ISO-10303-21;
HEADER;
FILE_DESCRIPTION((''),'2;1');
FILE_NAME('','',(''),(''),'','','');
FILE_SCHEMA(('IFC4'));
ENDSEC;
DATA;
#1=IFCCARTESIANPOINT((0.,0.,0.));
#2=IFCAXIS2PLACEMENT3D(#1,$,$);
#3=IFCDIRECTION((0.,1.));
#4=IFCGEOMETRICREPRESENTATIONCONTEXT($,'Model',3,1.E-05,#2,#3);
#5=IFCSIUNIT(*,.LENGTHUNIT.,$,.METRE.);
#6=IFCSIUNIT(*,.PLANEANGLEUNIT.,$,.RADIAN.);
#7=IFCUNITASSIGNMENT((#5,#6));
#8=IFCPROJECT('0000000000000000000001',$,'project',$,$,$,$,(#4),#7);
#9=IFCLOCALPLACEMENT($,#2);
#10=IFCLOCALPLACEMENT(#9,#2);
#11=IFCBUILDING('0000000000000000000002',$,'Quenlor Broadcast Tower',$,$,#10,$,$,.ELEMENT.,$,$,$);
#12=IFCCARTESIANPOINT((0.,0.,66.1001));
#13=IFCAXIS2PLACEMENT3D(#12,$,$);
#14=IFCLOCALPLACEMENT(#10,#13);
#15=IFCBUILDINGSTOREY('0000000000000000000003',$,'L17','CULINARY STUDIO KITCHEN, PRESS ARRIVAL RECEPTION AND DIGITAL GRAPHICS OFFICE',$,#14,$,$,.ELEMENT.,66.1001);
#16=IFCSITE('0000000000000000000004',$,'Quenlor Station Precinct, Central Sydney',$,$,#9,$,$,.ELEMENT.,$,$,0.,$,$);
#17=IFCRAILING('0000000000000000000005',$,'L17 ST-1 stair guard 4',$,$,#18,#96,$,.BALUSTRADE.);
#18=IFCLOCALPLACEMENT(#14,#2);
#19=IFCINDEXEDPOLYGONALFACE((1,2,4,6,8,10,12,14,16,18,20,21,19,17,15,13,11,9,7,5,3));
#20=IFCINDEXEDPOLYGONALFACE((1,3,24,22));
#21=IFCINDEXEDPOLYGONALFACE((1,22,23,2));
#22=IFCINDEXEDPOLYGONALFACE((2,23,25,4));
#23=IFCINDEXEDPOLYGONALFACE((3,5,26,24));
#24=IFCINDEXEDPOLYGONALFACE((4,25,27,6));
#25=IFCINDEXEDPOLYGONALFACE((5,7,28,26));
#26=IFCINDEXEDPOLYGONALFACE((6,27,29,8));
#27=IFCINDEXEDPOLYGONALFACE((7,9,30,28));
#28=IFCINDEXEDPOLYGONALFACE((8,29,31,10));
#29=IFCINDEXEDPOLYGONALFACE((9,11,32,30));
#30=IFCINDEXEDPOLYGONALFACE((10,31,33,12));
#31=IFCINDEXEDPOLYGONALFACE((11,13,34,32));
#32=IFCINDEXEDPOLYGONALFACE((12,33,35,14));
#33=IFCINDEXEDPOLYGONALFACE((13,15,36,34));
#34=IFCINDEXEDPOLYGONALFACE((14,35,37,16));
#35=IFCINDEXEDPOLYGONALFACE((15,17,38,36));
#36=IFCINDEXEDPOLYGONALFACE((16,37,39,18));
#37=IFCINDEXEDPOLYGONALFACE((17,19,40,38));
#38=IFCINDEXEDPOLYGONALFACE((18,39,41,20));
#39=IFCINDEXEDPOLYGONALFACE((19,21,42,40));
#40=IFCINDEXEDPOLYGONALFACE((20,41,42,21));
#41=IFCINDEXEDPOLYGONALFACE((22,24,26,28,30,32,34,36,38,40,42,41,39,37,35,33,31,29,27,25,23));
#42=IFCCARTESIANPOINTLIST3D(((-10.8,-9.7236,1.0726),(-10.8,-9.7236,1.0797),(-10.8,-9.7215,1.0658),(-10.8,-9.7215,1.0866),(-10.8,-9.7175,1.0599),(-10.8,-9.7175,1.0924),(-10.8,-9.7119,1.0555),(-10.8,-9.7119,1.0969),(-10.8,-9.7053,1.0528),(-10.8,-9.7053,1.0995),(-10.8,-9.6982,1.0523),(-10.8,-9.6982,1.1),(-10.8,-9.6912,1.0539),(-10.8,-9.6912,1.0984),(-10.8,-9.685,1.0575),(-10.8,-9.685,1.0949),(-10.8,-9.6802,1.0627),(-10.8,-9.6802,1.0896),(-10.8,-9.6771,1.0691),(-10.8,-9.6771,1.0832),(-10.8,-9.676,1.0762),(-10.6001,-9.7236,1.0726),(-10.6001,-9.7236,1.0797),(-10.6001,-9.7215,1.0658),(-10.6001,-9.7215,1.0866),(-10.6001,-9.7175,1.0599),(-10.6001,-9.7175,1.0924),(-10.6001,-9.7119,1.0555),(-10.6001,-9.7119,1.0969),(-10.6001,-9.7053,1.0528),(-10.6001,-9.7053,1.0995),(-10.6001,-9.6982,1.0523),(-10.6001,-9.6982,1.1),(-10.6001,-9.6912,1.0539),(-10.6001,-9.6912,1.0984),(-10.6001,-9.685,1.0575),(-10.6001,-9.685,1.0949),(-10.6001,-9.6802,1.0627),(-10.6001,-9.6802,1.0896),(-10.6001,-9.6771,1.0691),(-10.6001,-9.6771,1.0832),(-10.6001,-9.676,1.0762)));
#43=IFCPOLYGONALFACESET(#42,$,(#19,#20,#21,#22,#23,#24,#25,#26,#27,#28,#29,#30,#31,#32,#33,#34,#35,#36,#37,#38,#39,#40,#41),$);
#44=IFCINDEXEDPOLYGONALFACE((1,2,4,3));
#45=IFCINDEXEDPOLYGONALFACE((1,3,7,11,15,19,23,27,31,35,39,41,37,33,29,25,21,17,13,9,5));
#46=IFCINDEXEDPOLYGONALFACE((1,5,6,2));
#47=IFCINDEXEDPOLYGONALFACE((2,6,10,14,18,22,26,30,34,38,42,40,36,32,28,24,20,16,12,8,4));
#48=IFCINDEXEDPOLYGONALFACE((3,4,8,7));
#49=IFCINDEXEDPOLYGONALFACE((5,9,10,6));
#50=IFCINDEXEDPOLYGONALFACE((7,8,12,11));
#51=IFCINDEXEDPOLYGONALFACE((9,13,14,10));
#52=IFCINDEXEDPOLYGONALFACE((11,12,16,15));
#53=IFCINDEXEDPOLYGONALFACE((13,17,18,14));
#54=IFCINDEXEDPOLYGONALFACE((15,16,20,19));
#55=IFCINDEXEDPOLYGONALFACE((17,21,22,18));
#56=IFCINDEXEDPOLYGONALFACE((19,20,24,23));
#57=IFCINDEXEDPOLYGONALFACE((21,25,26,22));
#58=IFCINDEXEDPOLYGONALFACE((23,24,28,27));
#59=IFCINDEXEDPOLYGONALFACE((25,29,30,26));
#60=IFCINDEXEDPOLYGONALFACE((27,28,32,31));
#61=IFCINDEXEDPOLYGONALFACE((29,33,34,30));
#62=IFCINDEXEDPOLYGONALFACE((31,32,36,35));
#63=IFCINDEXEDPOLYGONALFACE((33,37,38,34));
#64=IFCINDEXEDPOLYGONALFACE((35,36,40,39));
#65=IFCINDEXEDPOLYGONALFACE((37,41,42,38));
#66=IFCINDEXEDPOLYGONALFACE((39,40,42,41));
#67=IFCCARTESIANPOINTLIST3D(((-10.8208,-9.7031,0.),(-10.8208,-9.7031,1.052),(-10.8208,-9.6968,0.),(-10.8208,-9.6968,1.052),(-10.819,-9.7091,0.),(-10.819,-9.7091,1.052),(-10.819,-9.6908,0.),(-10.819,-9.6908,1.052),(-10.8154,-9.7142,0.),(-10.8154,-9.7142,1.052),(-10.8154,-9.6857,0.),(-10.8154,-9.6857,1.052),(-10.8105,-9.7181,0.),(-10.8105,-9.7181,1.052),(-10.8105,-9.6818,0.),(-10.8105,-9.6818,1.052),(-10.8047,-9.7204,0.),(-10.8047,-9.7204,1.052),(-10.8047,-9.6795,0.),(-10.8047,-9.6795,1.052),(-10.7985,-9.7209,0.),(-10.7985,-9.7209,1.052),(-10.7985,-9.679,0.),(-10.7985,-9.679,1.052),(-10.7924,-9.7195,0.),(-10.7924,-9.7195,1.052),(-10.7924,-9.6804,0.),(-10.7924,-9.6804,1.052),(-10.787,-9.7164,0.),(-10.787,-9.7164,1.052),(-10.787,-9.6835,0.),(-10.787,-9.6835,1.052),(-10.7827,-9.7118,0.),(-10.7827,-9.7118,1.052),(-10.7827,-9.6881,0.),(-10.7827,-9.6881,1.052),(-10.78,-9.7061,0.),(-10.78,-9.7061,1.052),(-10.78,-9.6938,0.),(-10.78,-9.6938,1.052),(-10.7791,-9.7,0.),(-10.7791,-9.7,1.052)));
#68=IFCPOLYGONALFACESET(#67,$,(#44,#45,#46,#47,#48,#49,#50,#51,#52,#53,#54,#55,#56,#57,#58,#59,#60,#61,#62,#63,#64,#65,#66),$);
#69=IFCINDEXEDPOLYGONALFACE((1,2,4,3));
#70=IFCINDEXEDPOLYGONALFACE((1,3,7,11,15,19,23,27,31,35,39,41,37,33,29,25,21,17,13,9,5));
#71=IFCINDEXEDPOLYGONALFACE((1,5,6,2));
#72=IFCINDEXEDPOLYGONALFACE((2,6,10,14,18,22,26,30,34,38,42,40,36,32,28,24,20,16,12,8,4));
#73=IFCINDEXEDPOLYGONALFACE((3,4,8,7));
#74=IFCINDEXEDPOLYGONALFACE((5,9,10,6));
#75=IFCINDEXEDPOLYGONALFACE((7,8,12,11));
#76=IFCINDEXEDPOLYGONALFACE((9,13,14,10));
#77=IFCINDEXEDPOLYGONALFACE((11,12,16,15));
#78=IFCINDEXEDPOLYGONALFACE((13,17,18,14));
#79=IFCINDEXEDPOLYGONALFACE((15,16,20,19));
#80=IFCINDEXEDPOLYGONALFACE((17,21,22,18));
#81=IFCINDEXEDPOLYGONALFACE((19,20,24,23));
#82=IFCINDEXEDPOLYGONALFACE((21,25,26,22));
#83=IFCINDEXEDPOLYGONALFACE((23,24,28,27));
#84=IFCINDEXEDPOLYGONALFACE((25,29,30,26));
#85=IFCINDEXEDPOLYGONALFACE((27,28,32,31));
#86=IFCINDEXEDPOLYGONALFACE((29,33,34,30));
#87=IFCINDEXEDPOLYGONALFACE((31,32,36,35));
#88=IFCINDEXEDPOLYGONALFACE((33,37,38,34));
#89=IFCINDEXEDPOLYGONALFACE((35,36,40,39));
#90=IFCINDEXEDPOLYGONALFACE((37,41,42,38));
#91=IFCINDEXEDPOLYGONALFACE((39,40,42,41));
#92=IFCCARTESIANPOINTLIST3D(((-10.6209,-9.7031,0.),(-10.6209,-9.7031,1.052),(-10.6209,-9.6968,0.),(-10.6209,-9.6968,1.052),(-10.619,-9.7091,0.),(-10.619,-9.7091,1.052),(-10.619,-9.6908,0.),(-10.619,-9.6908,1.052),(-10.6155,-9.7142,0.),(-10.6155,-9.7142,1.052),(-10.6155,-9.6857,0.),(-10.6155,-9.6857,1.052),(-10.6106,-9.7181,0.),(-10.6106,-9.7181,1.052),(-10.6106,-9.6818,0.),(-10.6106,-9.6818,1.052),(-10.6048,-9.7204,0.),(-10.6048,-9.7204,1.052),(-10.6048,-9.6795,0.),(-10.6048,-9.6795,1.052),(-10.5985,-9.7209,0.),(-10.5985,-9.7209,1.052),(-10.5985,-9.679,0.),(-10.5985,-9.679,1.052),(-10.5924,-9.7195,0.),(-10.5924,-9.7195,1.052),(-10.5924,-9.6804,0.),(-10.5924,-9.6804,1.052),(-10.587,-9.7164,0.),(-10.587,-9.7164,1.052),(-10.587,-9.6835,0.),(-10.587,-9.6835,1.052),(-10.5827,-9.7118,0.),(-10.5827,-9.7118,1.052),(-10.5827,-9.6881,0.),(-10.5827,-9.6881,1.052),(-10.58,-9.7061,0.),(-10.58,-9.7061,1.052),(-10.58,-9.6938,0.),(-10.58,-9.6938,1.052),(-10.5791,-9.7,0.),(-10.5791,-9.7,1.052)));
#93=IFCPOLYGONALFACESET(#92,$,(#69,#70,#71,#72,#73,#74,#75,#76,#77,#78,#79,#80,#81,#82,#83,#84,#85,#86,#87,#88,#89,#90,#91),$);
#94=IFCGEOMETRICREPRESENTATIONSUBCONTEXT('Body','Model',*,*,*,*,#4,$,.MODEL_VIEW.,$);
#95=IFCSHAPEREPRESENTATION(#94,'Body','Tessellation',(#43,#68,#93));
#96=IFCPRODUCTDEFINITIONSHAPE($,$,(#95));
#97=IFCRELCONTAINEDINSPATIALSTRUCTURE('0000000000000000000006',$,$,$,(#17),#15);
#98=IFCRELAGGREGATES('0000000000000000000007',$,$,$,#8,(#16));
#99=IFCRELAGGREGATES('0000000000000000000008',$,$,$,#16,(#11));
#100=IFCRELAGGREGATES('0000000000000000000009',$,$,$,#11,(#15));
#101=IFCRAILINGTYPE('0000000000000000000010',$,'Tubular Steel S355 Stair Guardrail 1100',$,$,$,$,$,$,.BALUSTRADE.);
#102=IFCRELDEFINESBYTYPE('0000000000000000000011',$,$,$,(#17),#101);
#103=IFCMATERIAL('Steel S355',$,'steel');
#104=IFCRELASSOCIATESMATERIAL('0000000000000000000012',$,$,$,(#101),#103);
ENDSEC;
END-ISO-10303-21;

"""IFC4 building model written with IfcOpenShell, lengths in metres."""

from ifc_helpers import new_model, si_unit, direction, frame, origin, origin_2d, place, context, subcontext, project, spatial, circle, extrude, material, type_object, element, save


model = new_model("IFC4")

# Units and contexts
model_context = context("Model", 3, precision=1e-05, world=origin(), true_north=direction((0.0, 1.0)))
body_context = subcontext(model_context, "Body", "Model", "MODEL_VIEW")
ifc_project = project(units=[si_unit("LENGTHUNIT", "METRE"), si_unit("PLANEANGLEUNIT", "RADIAN")], contexts=[model_context])

# Site, building, storey
site_placement = place(None, origin())
site = spatial("IfcSite", under=ifc_project, at=site_placement, Name="Quenlor Station Precinct, Central Sydney", CompositionType="ELEMENT", RefElevation=0.0)
building_placement = place(site_placement, origin())
building = spatial("IfcBuilding", under=site, at=building_placement, Name="Quenlor Broadcast Tower", CompositionType="ELEMENT")
storey_placement = place(building_placement, frame((0.0, 0.0, 66.1001)))
storey = spatial("IfcBuildingStorey", under=building, at=storey_placement, Name="L17", Description="CULINARY STUDIO KITCHEN, PRESS ARRIVAL RECEPTION AND DIGITAL GRAPHICS OFFICE", CompositionType="ELEMENT", Elevation=66.1001)

# Railing
ifc_material_1 = material(Name="Steel S355", Category="steel")
railing_type_1 = type_object("IfcRailingType", Name="Tubular Steel S355 Stair Guardrail 1100", PredefinedType="BALUSTRADE", material=ifc_material_1)
railing_1_placement = place(storey_placement, frame((-10.8, -9.7, 0.0)))
element("IfcRailing", 1, at=railing_1_placement, inside=storey, type_object=railing_type_1, Name="L17 ST-1 stair guard 4", PredefinedType="BALUSTRADE", context=body_context, shape_type="SweptSolid", body=[
    extrude(circle(Radius=0.0239, at=origin_2d()), frame((0.0, 0.0, 1.0762), z_axis=(1.0, 0.0, 0.0), x_axis=(0.0, 1.0, 0.0)), (0.0, 0.0, 1.0), 0.2),
    extrude(circle(Radius=0.021, at=origin_2d()), origin(), (0.0, 0.0, 1.0), 1.052),
    extrude(circle(Radius=0.021, at=origin_2d()), frame((0.2, 0.0, 0.0)), (0.0, 0.0, 1.0), 1.052),
])

save(model, "model.ifc")
